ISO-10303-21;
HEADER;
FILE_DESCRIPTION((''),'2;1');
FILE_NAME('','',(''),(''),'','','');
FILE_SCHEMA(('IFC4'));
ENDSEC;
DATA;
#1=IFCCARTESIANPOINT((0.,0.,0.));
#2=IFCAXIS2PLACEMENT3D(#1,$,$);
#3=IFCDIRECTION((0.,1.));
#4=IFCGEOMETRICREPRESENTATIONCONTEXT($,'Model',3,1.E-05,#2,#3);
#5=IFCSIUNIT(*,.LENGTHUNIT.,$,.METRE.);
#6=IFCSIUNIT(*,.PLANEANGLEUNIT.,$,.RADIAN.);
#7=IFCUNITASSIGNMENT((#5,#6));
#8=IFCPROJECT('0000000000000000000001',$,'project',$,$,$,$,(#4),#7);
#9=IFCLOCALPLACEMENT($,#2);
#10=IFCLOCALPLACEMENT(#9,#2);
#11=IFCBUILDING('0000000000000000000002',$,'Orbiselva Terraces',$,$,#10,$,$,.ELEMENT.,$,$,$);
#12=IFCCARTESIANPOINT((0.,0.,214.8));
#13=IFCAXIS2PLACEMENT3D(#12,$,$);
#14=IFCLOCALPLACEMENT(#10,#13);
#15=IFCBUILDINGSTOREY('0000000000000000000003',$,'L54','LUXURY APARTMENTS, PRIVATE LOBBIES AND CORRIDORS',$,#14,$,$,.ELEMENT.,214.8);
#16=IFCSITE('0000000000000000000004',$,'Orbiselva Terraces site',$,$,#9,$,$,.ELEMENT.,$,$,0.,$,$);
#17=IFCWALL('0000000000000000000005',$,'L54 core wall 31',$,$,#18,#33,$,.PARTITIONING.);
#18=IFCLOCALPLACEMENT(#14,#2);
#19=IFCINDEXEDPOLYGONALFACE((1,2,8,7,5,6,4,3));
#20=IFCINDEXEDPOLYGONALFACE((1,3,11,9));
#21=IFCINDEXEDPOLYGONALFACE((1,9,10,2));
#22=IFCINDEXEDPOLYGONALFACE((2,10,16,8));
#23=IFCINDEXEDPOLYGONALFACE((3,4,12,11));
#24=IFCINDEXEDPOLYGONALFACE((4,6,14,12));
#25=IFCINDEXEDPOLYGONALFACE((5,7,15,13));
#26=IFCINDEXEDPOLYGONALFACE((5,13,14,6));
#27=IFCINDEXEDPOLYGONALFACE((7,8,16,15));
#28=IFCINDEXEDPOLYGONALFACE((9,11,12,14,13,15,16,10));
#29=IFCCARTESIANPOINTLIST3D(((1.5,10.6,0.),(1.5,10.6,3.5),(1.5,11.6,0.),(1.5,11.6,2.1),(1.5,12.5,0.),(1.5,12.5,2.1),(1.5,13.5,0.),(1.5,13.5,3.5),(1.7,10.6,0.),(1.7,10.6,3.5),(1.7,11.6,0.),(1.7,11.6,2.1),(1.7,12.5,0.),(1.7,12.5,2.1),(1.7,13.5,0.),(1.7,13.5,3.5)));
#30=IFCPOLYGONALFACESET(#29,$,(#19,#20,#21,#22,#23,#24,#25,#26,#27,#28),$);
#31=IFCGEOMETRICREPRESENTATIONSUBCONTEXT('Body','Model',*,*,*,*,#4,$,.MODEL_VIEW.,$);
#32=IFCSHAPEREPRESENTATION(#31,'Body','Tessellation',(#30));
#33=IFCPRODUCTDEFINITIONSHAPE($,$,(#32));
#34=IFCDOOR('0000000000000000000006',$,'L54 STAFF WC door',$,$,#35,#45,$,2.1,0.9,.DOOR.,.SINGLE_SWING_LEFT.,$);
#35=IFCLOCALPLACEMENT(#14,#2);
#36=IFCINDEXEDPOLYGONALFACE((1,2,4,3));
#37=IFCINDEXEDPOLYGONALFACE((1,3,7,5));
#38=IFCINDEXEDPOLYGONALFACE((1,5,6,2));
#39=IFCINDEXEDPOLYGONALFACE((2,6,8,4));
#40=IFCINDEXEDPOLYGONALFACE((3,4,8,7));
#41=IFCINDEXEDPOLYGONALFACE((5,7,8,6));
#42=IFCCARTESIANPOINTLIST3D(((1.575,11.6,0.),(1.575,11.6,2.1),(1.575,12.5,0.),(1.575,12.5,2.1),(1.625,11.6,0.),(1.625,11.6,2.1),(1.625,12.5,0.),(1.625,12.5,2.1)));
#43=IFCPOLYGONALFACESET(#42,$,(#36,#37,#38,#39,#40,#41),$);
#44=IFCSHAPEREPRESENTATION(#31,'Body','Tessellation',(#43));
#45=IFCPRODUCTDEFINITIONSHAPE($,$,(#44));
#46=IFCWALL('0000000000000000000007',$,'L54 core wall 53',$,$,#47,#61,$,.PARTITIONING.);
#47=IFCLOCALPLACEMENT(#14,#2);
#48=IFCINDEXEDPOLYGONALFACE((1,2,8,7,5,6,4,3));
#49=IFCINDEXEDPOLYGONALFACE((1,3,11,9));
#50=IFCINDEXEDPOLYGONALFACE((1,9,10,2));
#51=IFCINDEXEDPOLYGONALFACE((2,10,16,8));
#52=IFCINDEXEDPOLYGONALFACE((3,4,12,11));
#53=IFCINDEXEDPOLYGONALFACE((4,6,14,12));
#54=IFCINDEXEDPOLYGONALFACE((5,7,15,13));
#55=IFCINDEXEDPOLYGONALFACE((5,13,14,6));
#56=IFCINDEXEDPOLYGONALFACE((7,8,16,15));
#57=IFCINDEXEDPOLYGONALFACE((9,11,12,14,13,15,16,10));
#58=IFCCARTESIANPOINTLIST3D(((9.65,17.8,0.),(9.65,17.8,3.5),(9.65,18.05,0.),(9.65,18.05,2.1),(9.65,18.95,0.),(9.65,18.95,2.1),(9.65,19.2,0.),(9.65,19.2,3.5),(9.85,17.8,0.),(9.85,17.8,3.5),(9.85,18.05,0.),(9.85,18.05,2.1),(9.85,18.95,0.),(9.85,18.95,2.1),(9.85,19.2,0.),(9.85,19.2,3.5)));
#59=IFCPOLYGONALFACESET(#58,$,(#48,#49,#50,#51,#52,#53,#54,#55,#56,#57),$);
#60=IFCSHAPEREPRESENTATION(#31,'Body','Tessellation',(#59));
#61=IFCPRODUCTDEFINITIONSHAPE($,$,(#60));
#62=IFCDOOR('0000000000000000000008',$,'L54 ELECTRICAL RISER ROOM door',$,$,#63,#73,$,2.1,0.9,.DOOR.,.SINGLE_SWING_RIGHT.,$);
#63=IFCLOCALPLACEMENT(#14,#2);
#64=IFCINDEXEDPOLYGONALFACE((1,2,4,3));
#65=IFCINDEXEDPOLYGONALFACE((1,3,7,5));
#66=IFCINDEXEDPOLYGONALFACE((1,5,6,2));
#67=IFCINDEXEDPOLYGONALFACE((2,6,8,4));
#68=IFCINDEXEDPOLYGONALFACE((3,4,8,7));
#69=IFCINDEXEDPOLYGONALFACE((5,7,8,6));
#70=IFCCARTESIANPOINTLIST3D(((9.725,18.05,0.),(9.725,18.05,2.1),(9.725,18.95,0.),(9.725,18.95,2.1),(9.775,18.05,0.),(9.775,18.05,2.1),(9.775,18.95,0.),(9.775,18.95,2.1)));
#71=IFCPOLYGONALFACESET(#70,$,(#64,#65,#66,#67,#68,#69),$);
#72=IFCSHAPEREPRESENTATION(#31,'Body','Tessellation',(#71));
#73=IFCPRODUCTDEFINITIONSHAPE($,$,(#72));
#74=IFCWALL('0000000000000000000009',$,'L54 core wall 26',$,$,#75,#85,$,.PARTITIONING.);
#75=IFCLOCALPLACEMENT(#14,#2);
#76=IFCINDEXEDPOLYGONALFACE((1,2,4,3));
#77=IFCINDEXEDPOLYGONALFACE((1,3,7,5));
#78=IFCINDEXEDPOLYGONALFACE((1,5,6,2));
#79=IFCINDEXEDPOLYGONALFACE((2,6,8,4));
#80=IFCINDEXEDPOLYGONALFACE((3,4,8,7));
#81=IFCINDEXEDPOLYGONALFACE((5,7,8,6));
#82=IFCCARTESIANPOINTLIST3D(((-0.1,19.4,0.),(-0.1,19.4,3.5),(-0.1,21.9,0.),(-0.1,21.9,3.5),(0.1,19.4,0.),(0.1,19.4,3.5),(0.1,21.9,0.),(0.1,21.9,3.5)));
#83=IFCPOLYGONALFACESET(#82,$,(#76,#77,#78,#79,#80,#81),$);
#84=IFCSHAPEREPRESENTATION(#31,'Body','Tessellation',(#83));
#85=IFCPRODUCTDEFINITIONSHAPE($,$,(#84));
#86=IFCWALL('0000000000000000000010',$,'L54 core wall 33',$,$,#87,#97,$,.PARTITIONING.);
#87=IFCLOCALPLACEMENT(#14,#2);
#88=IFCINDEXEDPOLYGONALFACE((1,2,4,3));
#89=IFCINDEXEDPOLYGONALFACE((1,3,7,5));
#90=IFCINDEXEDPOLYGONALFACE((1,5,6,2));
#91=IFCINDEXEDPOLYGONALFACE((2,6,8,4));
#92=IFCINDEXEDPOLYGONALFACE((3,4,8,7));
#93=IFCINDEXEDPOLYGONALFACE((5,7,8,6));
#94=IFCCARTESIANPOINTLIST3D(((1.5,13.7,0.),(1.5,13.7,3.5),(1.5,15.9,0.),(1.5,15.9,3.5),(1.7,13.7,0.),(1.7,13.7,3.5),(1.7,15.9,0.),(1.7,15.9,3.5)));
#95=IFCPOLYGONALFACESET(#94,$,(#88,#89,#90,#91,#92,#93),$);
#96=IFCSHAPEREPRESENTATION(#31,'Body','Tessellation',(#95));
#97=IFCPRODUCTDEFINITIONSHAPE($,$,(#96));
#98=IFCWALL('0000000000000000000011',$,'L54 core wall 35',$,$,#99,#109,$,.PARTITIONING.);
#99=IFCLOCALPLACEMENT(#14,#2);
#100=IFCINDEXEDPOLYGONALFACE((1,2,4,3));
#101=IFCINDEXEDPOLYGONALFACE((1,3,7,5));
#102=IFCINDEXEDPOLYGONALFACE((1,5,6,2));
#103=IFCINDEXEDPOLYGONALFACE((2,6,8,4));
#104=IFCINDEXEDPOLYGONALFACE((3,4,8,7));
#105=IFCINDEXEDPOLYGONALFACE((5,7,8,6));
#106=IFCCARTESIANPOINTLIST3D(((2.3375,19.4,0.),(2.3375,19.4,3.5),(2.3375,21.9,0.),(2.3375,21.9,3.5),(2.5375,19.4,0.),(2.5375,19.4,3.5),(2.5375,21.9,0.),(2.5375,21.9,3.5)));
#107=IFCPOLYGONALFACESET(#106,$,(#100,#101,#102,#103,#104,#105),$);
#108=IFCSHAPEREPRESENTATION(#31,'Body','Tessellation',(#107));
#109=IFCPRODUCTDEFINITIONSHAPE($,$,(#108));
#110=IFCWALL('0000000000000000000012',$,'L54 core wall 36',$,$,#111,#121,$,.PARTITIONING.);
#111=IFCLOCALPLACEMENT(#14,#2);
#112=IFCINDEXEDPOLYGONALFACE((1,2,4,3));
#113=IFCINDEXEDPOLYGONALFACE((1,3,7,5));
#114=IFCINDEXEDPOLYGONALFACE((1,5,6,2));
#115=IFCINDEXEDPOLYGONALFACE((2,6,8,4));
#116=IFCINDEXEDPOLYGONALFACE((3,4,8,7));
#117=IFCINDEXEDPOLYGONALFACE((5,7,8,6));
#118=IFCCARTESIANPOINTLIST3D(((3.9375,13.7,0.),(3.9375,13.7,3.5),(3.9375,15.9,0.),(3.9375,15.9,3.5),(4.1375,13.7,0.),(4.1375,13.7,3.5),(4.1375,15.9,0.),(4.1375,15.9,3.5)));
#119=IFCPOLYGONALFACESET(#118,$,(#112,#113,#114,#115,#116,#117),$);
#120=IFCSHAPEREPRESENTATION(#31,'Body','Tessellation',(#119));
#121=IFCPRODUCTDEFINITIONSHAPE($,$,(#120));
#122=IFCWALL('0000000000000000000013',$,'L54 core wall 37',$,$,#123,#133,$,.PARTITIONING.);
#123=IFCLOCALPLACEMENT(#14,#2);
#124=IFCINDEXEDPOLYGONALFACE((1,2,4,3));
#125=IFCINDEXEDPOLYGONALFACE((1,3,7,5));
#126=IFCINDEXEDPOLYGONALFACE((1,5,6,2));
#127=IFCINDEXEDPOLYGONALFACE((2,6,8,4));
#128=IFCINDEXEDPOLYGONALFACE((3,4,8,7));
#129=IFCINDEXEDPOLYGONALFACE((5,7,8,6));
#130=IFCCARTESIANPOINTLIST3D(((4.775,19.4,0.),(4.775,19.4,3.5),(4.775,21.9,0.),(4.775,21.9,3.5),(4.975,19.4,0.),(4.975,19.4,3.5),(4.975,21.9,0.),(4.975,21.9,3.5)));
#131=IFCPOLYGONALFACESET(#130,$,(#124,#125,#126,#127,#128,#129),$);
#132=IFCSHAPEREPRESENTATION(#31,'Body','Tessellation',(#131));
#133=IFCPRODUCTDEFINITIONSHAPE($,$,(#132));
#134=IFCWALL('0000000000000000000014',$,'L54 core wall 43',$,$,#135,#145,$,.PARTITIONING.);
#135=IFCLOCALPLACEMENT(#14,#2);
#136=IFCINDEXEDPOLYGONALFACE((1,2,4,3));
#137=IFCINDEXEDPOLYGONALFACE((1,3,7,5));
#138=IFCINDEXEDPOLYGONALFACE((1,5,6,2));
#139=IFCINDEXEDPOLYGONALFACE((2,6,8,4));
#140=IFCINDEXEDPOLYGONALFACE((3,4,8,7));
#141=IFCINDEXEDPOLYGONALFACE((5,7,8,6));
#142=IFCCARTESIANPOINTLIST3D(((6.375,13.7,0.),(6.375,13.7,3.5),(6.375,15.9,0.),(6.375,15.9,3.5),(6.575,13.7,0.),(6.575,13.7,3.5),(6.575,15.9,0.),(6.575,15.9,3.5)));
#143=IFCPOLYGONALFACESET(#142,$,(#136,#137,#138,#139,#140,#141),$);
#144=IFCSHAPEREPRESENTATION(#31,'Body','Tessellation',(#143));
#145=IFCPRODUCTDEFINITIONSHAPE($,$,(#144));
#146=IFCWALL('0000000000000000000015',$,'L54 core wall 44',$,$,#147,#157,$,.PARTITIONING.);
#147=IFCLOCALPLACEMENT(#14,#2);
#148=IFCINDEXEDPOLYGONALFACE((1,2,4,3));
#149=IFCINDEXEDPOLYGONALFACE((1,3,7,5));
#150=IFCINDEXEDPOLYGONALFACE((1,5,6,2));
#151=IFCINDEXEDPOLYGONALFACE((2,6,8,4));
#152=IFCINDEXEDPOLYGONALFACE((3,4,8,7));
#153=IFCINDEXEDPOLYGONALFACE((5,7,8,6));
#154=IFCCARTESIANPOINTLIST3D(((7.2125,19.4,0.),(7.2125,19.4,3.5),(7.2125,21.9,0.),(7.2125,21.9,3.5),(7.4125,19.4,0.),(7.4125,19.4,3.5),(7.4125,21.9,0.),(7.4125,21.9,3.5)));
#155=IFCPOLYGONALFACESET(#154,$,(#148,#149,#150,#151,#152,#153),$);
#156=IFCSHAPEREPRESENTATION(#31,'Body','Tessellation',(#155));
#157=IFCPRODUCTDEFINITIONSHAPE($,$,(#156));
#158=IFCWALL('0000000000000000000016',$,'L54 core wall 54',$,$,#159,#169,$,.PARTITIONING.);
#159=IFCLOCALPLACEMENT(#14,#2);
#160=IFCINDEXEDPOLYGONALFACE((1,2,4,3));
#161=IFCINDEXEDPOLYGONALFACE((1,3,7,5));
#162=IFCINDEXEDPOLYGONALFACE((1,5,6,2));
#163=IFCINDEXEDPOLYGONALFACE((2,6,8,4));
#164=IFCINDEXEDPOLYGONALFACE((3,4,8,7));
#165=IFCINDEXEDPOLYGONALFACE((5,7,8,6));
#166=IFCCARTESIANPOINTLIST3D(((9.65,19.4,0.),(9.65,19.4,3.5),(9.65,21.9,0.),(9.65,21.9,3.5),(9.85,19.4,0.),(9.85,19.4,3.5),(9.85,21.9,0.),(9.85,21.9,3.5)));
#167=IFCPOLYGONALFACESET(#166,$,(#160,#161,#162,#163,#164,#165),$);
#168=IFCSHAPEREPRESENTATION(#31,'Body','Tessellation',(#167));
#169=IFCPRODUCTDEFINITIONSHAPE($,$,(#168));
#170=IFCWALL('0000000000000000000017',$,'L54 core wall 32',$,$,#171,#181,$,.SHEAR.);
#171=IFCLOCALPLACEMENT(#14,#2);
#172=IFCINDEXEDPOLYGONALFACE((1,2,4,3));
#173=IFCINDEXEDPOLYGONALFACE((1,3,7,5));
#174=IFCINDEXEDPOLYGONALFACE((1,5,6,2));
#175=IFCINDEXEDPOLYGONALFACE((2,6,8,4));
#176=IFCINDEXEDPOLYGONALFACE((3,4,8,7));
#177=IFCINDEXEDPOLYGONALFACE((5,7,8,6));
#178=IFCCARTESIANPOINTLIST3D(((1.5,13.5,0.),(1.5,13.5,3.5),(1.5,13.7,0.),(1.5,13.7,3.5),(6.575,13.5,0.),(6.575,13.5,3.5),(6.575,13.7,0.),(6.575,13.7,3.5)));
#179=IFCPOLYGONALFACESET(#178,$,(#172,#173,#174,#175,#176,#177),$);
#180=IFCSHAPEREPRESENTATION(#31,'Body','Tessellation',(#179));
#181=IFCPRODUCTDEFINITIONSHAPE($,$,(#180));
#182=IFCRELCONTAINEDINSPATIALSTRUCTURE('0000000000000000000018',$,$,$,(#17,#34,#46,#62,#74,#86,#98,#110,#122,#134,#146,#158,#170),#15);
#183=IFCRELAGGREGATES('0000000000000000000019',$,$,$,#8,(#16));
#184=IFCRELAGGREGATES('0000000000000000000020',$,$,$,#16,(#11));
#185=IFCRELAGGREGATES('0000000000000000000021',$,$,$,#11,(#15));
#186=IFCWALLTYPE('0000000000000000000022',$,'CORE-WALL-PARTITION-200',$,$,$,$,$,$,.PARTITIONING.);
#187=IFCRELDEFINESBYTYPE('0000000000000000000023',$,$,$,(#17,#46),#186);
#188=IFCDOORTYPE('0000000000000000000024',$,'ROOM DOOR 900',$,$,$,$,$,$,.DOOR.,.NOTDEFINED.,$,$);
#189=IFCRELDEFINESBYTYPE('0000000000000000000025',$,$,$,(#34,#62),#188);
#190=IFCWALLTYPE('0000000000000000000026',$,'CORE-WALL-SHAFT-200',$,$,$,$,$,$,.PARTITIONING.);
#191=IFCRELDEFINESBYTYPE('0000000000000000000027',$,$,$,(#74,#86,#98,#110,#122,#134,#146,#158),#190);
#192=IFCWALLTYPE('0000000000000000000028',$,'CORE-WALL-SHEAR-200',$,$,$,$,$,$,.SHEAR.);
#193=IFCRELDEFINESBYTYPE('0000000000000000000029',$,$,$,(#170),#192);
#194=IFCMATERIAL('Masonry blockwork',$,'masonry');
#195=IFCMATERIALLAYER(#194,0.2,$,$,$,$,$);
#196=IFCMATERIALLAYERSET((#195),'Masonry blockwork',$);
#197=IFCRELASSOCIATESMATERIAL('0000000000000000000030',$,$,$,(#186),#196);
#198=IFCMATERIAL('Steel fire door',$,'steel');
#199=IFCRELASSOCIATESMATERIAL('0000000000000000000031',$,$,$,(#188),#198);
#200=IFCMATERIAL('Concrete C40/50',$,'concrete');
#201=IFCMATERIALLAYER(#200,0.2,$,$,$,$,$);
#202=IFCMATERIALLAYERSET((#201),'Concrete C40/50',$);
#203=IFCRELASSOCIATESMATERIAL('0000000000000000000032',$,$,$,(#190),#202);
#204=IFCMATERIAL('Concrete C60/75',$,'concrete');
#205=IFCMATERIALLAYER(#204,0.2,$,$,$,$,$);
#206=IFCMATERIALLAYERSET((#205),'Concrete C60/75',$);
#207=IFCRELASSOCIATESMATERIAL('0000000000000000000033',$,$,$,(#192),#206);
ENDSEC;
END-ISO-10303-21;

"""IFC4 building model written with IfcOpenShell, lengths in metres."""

from ifc_helpers import new_model, si_unit, direction, frame, frame_2d, origin, place, context, subcontext, project, spatial, rectangle, extrude, material, layer, layer_set, type_object, element, fill, save


model = new_model("IFC4")

# Units and contexts
model_context = context("Model", 3, precision=1e-05, world=origin(), true_north=direction((0.0, 1.0)))
body_context = subcontext(model_context, "Body", "Model", "MODEL_VIEW")
ifc_project = project(units=[si_unit("LENGTHUNIT", "METRE"), si_unit("PLANEANGLEUNIT", "RADIAN")], contexts=[model_context])

# Site, building, storey
site_placement = place(None, origin())
site = spatial("IfcSite", under=ifc_project, at=site_placement, Name="Orbiselva Terraces site", CompositionType="ELEMENT", RefElevation=0.0)
building_placement = place(site_placement, origin())
building = spatial("IfcBuilding", under=site, at=building_placement, Name="Orbiselva Terraces", CompositionType="ELEMENT")
storey_placement = place(building_placement, frame((0.0, 0.0, 214.8)))
storey = spatial("IfcBuildingStorey", under=building, at=storey_placement, Name="L54", Description="LUXURY APARTMENTS, PRIVATE LOBBIES AND CORRIDORS", CompositionType="ELEMENT", Elevation=214.8)

# Walls, openings, doors
ifc_material_1 = material(Name="Masonry blockwork", Category="masonry")
ifc_layer_1 = layer(ifc_material_1, 0.2)
ifc_layer_set_1 = layer_set([ifc_layer_1], Name="Masonry blockwork")
wall_type_1 = type_object("IfcWallType", Name="CORE-WALL-PARTITION-200", PredefinedType="PARTITIONING", material=ifc_layer_set_1)
wall_1_placement = place(storey_placement, frame((1.6, 13.5, 0.0), z_axis=(0.0, 0.0, 1.0), x_axis=(0.0, -1.0, 0.0)))
wall_1 = element("IfcWall", 1, at=wall_1_placement, inside=storey, type_object=wall_type_1, Name="L54 core wall 31", PredefinedType="PARTITIONING", context=body_context, shape_type="SweptSolid", body=[
    extrude(rectangle(XDim=2.9, YDim=0.2, at=frame_2d((1.45, 0.0))), origin(), (0.0, 0.0, 1.0), 3.5),
])
opening_1_placement = place(wall_1_placement, frame((1.0, 0.0, 0.0)))
opening_1 = element("IfcOpeningElement", 2, at=opening_1_placement, cuts=wall_1, PredefinedType="OPENING", context=body_context, shape_type="SweptSolid", body=[
    extrude(rectangle(XDim=0.9, YDim=2.1, at=frame_2d((0.45, 1.05))), frame((0.0, 0.11, 0.0), z_axis=(0.0, -1.0, 0.0), x_axis=(1.0, 0.0, 0.0)), (0.0, 0.0, 1.0), 0.22),
])
ifc_material_2 = material(Name="Steel fire door", Category="steel")
door_type_1 = type_object("IfcDoorType", Name="ROOM DOOR 900", OperationType="NOTDEFINED", PredefinedType="DOOR", material=ifc_material_2)
door_1_placement = place(opening_1_placement, origin())
door_1 = element("IfcDoor", 3, at=door_1_placement, inside=storey, type_object=door_type_1, Name="L54 STAFF WC door", OperationType="SINGLE_SWING_LEFT", OverallHeight=2.1, OverallWidth=0.9, PredefinedType="DOOR", context=body_context, shape_type="SweptSolid", body=[
    extrude(rectangle(XDim=0.9, YDim=2.1, at=frame_2d((0.45, 1.05))), frame((0.0, 0.025, 0.0), z_axis=(0.0, -1.0, 0.0), x_axis=(1.0, 0.0, 0.0)), (0.0, 0.0, 1.0), 0.05),
])
fill(opening_1, door_1)
wall_2_placement = place(storey_placement, frame((9.75, 19.2, 0.0), z_axis=(0.0, 0.0, 1.0), x_axis=(0.0, -1.0, 0.0)))
wall_2 = element("IfcWall", 4, at=wall_2_placement, inside=storey, type_object=wall_type_1, Name="L54 core wall 53", PredefinedType="PARTITIONING", context=body_context, shape_type="SweptSolid", body=[
    extrude(rectangle(XDim=1.4, YDim=0.2, at=frame_2d((0.7, 0.0))), origin(), (0.0, 0.0, 1.0), 3.5),
])
opening_2_placement = place(wall_2_placement, frame((0.25, 0.0, 0.0)))
opening_2 = element("IfcOpeningElement", 5, at=opening_2_placement, cuts=wall_2, PredefinedType="OPENING", context=body_context, shape_type="SweptSolid", body=[
    extrude(rectangle(XDim=0.9, YDim=2.1, at=frame_2d((0.45, 1.05))), frame((0.0, 0.11, 0.0), z_axis=(0.0, -1.0, 0.0), x_axis=(1.0, 0.0, 0.0)), (0.0, 0.0, 1.0), 0.22),
])
door_2_placement = place(opening_2_placement, origin())
door_2 = element("IfcDoor", 6, at=door_2_placement, inside=storey, type_object=door_type_1, Name="L54 ELECTRICAL RISER ROOM door", OperationType="SINGLE_SWING_RIGHT", OverallHeight=2.1, OverallWidth=0.9, PredefinedType="DOOR", context=body_context, shape_type="SweptSolid", body=[
    extrude(rectangle(XDim=0.9, YDim=2.1, at=frame_2d((0.45, 1.05))), frame((0.0, 0.025, 0.0), z_axis=(0.0, -1.0, 0.0), x_axis=(1.0, 0.0, 0.0)), (0.0, 0.0, 1.0), 0.05),
])
fill(opening_2, door_2)

# Walls
ifc_material_3 = material(Name="Concrete C40/50", Category="concrete")
ifc_layer_2 = layer(ifc_material_3, 0.2)
ifc_layer_set_2 = layer_set([ifc_layer_2], Name="Concrete C40/50")
wall_type_2 = type_object("IfcWallType", Name="CORE-WALL-SHAFT-200", PredefinedType="PARTITIONING", material=ifc_layer_set_2)
wall_3_placement = place(storey_placement, frame((0.0, 19.4, 0.0), z_axis=(0.0, 0.0, 1.0), x_axis=(0.0, 1.0, 0.0)))
element("IfcWall", 7, at=wall_3_placement, inside=storey, type_object=wall_type_2, Name="L54 core wall 26", PredefinedType="PARTITIONING", context=body_context, shape_type="SweptSolid", body=[
    extrude(rectangle(XDim=2.5, YDim=0.2, at=frame_2d((1.25, 0.0))), origin(), (0.0, 0.0, 1.0), 3.5),
])
wall_4_placement = place(storey_placement, frame((1.6, 13.7, 0.0), z_axis=(0.0, 0.0, 1.0), x_axis=(0.0, 1.0, 0.0)))
element("IfcWall", 8, at=wall_4_placement, inside=storey, type_object=wall_type_2, Name="L54 core wall 33", PredefinedType="PARTITIONING", context=body_context, shape_type="SweptSolid", body=[
    extrude(rectangle(XDim=2.2, YDim=0.2, at=frame_2d((1.1, 0.0))), origin(), (0.0, 0.0, 1.0), 3.5),
])
wall_5_placement = place(storey_placement, frame((2.4375, 19.4, 0.0), z_axis=(0.0, 0.0, 1.0), x_axis=(0.0, 1.0, 0.0)))
element("IfcWall", 9, at=wall_5_placement, inside=storey, type_object=wall_type_2, Name="L54 core wall 35", PredefinedType="PARTITIONING", context=body_context, shape_type="SweptSolid", body=[
    extrude(rectangle(XDim=2.5, YDim=0.2, at=frame_2d((1.25, 0.0))), origin(), (0.0, 0.0, 1.0), 3.5),
])
wall_6_placement = place(storey_placement, frame((4.0375, 13.7, 0.0), z_axis=(0.0, 0.0, 1.0), x_axis=(0.0, 1.0, 0.0)))
element("IfcWall", 10, at=wall_6_placement, inside=storey, type_object=wall_type_2, Name="L54 core wall 36", PredefinedType="PARTITIONING", context=body_context, shape_type="SweptSolid", body=[
    extrude(rectangle(XDim=2.2, YDim=0.2, at=frame_2d((1.1, 0.0))), origin(), (0.0, 0.0, 1.0), 3.5),
])
wall_7_placement = place(storey_placement, frame((4.875, 19.4, 0.0), z_axis=(0.0, 0.0, 1.0), x_axis=(0.0, 1.0, 0.0)))
element("IfcWall", 11, at=wall_7_placement, inside=storey, type_object=wall_type_2, Name="L54 core wall 37", PredefinedType="PARTITIONING", context=body_context, shape_type="SweptSolid", body=[
    extrude(rectangle(XDim=2.5, YDim=0.2, at=frame_2d((1.25, 0.0))), origin(), (0.0, 0.0, 1.0), 3.5),
])
wall_8_placement = place(storey_placement, frame((6.475, 13.7, 0.0), z_axis=(0.0, 0.0, 1.0), x_axis=(0.0, 1.0, 0.0)))
element("IfcWall", 12, at=wall_8_placement, inside=storey, type_object=wall_type_2, Name="L54 core wall 43", PredefinedType="PARTITIONING", context=body_context, shape_type="SweptSolid", body=[
    extrude(rectangle(XDim=2.2, YDim=0.2, at=frame_2d((1.1, 0.0))), origin(), (0.0, 0.0, 1.0), 3.5),
])
for number, where, z_axis, x_axis, name in (
    (13, (7.3125, 19.4, 0.0), (0.0, 0.0, 1.0), (0.0, 1.0, 0.0), "L54 core wall 44"),
    (14, (9.75, 19.4, 0.0), (0.0, 0.0, 1.0), (0.0, 1.0, 0.0), "L54 core wall 54"),
):
    element("IfcWall", number, at=place(storey_placement, frame(where, z_axis=z_axis, x_axis=x_axis)), inside=storey, type_object=wall_type_2, Name=name, PredefinedType="PARTITIONING", context=body_context, shape_type="SweptSolid", body=[
        extrude(rectangle(XDim=2.5, YDim=0.2, at=frame_2d((1.25, 0.0))), origin(), (0.0, 0.0, 1.0), 3.5),
    ])
ifc_material_4 = material(Name="Concrete C60/75", Category="concrete")
ifc_layer_3 = layer(ifc_material_4, 0.2)
ifc_layer_set_3 = layer_set([ifc_layer_3], Name="Concrete C60/75")
wall_type_3 = type_object("IfcWallType", Name="CORE-WALL-SHEAR-200", PredefinedType="SHEAR", material=ifc_layer_set_3)
wall_9_placement = place(storey_placement, frame((1.5, 13.6, 0.0), z_axis=(0.0, 0.0, 1.0), x_axis=(1.0, 0.0, 0.0)))
element("IfcWall", 15, at=wall_9_placement, inside=storey, type_object=wall_type_3, Name="L54 core wall 32", PredefinedType="SHEAR", context=body_context, shape_type="SweptSolid", body=[
    extrude(rectangle(XDim=5.075, YDim=0.2, at=frame_2d((2.5375, 0.0))), origin(), (0.0, 0.0, 1.0), 3.5),
])

save(model, "model.ifc")
